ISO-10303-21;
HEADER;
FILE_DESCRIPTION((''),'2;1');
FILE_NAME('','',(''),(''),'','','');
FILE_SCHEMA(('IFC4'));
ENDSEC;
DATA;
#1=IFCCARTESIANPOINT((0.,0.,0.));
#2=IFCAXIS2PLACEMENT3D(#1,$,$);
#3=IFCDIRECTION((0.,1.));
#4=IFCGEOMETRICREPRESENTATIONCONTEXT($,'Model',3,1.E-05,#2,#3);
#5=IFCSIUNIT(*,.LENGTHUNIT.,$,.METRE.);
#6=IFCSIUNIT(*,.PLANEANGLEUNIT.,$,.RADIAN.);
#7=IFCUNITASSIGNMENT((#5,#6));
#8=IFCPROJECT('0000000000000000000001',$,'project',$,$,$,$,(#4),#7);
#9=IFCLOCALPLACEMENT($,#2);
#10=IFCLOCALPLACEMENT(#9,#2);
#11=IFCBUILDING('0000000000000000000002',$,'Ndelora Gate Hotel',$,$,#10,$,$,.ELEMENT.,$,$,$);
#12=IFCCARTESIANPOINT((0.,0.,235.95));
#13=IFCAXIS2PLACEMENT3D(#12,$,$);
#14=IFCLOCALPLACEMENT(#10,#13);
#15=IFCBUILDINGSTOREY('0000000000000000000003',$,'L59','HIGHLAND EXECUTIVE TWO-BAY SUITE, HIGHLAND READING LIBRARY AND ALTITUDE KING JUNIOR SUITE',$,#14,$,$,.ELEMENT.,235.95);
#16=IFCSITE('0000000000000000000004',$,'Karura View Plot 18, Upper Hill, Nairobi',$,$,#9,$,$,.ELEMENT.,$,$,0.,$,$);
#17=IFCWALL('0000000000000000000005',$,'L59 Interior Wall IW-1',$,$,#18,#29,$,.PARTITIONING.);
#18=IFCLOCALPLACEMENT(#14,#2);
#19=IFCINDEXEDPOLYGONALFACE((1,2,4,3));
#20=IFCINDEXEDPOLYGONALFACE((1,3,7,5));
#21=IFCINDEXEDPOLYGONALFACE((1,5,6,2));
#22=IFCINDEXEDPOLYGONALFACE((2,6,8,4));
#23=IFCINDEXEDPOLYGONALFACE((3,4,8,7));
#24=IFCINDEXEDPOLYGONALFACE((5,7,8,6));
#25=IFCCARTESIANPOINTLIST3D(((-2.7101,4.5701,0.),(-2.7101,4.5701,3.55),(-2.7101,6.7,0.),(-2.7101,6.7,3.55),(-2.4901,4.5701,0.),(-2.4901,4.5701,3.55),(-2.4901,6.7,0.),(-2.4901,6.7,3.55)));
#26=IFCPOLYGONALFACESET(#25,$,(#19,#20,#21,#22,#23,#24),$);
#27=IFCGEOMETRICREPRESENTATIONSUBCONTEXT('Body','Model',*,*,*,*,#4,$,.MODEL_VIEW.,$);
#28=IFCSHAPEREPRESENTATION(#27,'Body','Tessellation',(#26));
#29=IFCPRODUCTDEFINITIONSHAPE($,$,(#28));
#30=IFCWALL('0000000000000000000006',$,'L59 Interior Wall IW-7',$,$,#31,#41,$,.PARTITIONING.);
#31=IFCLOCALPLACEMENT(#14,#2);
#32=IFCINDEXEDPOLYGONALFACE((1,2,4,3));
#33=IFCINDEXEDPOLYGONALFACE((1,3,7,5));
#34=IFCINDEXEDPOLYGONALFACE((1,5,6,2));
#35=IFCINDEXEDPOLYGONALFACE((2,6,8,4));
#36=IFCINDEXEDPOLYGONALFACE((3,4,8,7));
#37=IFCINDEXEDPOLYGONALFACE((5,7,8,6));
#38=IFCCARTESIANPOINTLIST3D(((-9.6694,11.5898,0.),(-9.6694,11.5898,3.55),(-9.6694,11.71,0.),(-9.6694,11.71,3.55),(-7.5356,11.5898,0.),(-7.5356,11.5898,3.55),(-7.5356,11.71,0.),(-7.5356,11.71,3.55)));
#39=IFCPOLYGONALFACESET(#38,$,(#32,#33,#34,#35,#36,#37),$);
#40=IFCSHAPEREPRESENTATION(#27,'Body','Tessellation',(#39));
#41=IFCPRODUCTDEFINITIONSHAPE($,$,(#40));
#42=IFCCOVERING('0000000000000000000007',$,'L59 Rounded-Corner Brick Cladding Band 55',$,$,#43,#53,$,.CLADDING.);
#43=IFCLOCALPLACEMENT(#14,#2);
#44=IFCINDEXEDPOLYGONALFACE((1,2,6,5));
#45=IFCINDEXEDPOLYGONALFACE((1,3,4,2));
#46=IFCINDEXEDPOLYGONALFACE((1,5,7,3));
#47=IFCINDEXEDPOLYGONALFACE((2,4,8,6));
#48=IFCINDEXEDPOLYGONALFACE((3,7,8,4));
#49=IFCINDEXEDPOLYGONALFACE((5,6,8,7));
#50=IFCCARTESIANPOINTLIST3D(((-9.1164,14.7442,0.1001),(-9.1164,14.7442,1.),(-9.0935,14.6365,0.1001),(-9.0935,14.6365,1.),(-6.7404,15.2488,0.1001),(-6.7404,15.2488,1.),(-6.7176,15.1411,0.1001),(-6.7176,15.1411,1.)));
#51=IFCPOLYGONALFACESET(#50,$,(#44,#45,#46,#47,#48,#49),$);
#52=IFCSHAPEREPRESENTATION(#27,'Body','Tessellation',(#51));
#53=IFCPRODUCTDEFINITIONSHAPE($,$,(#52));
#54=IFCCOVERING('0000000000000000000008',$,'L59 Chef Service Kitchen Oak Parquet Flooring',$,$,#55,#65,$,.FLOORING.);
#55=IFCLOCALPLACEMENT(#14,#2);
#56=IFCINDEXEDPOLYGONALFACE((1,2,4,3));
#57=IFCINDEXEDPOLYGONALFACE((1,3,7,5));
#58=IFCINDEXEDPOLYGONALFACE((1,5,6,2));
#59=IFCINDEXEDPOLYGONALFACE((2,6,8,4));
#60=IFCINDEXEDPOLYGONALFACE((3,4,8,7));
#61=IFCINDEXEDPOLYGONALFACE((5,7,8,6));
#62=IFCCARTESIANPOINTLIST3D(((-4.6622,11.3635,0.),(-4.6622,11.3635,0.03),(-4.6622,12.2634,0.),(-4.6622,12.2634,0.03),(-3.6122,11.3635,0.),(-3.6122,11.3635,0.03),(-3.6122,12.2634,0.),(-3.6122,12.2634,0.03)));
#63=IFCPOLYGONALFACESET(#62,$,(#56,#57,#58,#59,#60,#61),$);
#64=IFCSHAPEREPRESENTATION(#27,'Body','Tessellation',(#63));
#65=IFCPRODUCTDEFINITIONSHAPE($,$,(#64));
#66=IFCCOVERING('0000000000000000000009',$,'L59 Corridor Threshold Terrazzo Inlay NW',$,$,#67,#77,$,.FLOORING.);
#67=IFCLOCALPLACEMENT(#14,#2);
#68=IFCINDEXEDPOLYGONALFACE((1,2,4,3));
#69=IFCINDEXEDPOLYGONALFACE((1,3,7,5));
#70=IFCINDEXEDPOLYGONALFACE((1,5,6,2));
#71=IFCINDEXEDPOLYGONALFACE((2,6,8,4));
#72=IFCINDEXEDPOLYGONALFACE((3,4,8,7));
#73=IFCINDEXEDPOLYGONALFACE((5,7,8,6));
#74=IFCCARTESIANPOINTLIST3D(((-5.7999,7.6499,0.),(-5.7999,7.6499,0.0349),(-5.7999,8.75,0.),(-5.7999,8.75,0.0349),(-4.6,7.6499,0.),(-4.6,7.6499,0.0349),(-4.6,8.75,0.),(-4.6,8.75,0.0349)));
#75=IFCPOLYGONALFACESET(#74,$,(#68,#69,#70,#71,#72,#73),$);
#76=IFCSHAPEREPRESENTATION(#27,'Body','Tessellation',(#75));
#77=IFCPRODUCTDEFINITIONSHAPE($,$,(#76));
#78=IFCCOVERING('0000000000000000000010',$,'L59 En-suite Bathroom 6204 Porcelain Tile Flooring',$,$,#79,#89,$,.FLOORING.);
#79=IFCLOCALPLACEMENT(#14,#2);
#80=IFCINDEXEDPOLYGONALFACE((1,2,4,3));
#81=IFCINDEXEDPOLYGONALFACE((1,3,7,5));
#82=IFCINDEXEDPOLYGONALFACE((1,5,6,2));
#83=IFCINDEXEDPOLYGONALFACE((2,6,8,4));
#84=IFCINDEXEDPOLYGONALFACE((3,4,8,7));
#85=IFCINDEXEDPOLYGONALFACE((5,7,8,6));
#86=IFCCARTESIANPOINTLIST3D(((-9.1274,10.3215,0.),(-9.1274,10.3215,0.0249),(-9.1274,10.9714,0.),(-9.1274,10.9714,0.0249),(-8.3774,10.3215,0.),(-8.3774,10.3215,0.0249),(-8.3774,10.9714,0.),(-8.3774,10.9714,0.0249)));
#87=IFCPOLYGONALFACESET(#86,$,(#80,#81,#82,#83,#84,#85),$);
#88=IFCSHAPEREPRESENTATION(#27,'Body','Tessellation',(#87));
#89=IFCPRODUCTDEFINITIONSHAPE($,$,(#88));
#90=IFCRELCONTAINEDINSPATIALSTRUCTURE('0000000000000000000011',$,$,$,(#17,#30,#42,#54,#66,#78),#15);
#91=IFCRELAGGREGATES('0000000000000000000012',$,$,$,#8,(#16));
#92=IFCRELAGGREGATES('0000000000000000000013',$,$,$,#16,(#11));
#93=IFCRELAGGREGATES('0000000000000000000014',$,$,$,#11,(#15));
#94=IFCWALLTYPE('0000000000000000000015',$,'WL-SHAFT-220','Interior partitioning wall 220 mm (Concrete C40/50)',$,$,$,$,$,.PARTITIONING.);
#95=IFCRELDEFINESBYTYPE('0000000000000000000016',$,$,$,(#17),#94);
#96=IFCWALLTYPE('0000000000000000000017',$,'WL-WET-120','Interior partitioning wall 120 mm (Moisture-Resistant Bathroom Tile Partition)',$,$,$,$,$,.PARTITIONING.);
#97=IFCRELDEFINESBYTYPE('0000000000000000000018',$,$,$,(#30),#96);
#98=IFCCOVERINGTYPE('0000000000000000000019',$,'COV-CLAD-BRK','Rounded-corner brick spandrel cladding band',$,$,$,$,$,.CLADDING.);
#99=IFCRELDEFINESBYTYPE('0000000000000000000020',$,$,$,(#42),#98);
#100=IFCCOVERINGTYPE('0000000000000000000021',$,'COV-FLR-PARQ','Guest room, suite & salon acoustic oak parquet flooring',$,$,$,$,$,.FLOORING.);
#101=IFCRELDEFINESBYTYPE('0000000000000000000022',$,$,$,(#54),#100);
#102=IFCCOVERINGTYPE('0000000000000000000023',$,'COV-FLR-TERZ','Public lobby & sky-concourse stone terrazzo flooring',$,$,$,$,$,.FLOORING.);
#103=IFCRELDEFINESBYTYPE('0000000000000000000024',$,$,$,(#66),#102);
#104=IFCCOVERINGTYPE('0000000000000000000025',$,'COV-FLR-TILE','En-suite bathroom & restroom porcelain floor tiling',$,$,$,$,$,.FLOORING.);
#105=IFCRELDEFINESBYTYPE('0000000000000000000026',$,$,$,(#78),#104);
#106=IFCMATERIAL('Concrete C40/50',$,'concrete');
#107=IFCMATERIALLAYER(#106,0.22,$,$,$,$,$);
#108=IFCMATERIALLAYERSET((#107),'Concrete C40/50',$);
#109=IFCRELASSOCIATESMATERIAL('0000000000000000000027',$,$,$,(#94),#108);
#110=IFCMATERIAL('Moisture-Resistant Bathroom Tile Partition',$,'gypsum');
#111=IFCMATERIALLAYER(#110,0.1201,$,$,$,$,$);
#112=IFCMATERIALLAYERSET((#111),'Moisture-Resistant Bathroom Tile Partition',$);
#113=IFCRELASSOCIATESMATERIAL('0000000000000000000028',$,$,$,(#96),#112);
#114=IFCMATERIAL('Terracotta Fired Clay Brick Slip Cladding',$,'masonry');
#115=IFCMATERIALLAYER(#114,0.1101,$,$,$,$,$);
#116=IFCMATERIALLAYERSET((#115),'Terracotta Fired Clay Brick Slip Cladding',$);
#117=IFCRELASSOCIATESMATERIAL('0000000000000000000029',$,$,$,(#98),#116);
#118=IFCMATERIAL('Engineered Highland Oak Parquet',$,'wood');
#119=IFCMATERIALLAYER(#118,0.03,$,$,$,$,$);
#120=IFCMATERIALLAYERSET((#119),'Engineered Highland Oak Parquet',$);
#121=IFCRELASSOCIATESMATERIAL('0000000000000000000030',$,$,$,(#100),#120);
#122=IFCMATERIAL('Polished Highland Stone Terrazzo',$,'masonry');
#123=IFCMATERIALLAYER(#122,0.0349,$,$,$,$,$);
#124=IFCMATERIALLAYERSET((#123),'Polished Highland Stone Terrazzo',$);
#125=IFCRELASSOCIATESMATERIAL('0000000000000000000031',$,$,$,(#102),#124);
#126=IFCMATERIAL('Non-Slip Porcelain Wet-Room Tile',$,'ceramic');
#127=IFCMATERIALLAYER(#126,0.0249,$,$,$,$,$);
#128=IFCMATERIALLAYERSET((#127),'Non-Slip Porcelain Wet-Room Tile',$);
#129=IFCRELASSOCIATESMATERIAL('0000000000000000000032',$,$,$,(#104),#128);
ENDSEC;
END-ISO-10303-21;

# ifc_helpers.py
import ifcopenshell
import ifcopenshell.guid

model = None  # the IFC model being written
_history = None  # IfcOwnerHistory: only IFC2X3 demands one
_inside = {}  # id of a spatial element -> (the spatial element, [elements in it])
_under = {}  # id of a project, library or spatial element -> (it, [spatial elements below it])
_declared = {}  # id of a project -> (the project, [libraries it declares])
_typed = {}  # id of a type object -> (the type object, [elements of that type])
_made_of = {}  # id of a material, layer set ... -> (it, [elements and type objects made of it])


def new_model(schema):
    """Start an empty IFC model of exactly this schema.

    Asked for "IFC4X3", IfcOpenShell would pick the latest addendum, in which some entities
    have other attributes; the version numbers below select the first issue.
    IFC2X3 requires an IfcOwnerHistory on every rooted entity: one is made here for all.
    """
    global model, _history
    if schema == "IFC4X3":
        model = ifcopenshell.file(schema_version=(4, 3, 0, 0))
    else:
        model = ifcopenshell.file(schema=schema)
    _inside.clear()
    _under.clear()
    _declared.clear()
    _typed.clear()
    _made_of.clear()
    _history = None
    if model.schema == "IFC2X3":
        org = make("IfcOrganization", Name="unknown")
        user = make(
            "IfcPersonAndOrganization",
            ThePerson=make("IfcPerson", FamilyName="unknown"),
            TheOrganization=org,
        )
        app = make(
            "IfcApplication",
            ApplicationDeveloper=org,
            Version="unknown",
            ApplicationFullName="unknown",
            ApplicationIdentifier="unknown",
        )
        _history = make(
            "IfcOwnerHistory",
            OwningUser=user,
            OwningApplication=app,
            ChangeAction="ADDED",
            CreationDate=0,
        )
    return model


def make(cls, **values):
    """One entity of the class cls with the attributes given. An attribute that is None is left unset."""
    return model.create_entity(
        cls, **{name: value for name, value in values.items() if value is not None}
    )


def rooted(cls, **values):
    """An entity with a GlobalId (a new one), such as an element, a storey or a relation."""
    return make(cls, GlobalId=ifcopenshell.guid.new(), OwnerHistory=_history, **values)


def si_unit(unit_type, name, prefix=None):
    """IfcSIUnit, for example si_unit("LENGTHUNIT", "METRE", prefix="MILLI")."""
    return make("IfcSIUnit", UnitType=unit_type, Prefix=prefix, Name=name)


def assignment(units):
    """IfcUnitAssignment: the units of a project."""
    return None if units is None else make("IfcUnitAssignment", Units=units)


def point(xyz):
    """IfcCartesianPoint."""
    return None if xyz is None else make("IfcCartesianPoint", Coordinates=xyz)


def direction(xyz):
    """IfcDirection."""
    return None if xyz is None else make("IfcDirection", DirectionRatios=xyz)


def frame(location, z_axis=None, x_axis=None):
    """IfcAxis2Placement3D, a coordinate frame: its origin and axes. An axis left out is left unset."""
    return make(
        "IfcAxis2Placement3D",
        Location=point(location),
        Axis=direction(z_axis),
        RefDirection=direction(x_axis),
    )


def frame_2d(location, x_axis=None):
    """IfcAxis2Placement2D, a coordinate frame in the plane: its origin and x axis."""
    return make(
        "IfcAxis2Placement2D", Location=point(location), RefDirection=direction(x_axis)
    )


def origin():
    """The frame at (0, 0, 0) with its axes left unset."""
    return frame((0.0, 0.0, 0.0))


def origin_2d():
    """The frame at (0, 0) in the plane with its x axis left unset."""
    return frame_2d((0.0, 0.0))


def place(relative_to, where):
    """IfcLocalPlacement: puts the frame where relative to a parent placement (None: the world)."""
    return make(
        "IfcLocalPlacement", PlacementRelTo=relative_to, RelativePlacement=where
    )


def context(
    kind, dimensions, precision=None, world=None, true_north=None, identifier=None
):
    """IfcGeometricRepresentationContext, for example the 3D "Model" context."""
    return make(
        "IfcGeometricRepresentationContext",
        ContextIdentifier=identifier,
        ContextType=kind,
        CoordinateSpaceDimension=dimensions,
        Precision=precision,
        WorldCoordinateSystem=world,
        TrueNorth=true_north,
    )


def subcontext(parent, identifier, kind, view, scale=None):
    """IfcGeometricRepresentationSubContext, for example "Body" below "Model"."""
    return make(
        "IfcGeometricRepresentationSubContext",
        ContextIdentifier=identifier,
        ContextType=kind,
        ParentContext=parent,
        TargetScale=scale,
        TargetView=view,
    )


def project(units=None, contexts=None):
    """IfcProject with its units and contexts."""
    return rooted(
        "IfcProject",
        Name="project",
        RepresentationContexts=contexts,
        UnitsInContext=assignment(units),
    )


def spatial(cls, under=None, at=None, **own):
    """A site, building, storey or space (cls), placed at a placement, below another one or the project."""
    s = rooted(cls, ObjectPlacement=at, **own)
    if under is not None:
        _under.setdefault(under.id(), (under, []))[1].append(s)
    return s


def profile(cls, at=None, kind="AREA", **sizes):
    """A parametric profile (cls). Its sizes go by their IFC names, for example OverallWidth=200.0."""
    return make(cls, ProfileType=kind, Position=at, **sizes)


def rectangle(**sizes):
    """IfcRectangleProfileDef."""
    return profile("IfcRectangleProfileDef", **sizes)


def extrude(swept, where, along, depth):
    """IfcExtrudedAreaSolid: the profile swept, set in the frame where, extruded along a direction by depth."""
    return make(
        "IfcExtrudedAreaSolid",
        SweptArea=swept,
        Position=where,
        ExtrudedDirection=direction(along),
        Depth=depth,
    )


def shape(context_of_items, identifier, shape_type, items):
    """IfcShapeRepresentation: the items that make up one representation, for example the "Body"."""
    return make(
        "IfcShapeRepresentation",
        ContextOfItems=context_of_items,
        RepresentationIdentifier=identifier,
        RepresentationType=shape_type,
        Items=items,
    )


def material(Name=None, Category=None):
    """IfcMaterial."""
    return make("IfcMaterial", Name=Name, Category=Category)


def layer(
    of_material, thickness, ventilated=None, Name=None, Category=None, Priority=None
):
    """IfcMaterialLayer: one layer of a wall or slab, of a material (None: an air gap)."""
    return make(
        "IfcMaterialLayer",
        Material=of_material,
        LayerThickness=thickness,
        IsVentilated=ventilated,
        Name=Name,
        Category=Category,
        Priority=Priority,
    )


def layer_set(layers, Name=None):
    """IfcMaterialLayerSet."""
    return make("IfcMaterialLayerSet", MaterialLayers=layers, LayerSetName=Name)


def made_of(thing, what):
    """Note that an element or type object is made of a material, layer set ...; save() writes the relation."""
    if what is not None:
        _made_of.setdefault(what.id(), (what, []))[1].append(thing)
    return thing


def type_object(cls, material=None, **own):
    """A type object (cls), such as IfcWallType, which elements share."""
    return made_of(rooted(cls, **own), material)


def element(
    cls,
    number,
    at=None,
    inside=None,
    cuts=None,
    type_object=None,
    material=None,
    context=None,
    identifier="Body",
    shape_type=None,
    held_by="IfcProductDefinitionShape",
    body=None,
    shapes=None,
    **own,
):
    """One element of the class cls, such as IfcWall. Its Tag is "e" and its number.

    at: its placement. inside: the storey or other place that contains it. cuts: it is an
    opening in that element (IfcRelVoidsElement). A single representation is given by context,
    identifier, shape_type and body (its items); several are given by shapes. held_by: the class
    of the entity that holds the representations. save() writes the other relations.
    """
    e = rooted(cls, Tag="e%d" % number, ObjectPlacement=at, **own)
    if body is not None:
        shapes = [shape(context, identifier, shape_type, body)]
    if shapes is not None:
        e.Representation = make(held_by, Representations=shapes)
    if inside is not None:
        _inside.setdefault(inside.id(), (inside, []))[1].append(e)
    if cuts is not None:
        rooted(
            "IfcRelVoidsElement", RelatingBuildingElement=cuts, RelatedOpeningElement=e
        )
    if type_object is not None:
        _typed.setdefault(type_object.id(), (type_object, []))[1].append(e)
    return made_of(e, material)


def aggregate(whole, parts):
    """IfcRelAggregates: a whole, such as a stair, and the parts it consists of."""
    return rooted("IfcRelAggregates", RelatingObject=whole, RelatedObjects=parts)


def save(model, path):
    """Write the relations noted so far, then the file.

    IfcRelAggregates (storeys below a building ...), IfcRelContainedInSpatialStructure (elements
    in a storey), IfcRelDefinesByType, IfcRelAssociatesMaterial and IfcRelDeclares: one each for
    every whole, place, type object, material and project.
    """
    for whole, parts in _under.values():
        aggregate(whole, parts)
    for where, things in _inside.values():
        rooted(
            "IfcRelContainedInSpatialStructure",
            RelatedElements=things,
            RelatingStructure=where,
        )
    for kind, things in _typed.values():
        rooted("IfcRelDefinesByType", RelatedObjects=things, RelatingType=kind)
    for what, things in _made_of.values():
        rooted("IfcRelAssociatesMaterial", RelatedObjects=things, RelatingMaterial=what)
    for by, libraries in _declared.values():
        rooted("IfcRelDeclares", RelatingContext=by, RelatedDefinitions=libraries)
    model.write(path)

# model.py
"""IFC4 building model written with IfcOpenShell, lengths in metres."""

from ifc_helpers import new_model, si_unit, direction, frame, frame_2d, origin, origin_2d, place, context, subcontext, project, spatial, rectangle, extrude, material, layer, layer_set, type_object, element, save


model = new_model("IFC4")

# Units and contexts
model_context = context("Model", 3, precision=1e-05, world=origin(), true_north=direction((0.0, 1.0)))
body_context = subcontext(model_context, "Body", "Model", "MODEL_VIEW")
ifc_project = project(units=[si_unit("LENGTHUNIT", "METRE"), si_unit("PLANEANGLEUNIT", "RADIAN")], contexts=[model_context])

# Site, building, storey
site_placement = place(None, origin())
site = spatial("IfcSite", under=ifc_project, at=site_placement, Name="Karura View Plot 18, Upper Hill, Nairobi", CompositionType="ELEMENT", RefElevation=0.0)
building_placement = place(site_placement, origin())
building = spatial("IfcBuilding", under=site, at=building_placement, Name="Ndelora Gate Hotel", CompositionType="ELEMENT")
storey_placement = place(building_placement, frame((0.0, 0.0, 235.95)))
storey = spatial("IfcBuildingStorey", under=building, at=storey_placement, Name="L59", Description="HIGHLAND EXECUTIVE TWO-BAY SUITE, HIGHLAND READING LIBRARY AND ALTITUDE KING JUNIOR SUITE", CompositionType="ELEMENT", Elevation=235.95)

# Shared definitions
ifc_material_1 = material(Name="Concrete C40/50", Category="concrete")
ifc_layer_1 = layer(ifc_material_1, 0.22)
ifc_layer_set_1 = layer_set([ifc_layer_1], Name="Concrete C40/50")
wall_type_1 = type_object("IfcWallType", Name="WL-SHAFT-220", Description="Interior partitioning wall 220 mm (Concrete C40/50)", PredefinedType="PARTITIONING", material=ifc_layer_set_1)

# Wall
for number, where, z_axis, x_axis, name in (
    (1, (-2.6001, 4.5701, 0.0), (0.0, 0.0, 1.0), (0.0, 1.0, 0.0), "L59 Interior Wall IW-1"),
):
    element("IfcWall", number, at=place(storey_placement, frame(where, z_axis=z_axis, x_axis=x_axis)), inside=storey, type_object=wall_type_1, Name=name, PredefinedType="PARTITIONING", context=body_context, shape_type="SweptSolid", body=[
        extrude(rectangle(XDim=2.1299, YDim=0.22, at=frame_2d((1.0649, 0.0))), origin(), (0.0, 0.0, 1.0), 3.55),
    ])

# Wall
ifc_material_2 = material(Name="Moisture-Resistant Bathroom Tile Partition", Category="gypsum")
ifc_layer_2 = layer(ifc_material_2, 0.1201)
ifc_layer_set_2 = layer_set([ifc_layer_2], Name="Moisture-Resistant Bathroom Tile Partition")
wall_type_2 = type_object("IfcWallType", Name="WL-WET-120", Description="Interior partitioning wall 120 mm (Moisture-Resistant Bathroom Tile Partition)", PredefinedType="PARTITIONING", material=ifc_layer_set_2)
wall_1_placement = place(storey_placement, frame((-7.5356, 11.6499, 0.0), z_axis=(0.0, 0.0, 1.0), x_axis=(-1.0, 0.0, 0.0)))
element("IfcWall", 2, at=wall_1_placement, inside=storey, type_object=wall_type_2, Name="L59 Interior Wall IW-7", PredefinedType="PARTITIONING", context=body_context, shape_type="SweptSolid", body=[
    extrude(rectangle(XDim=2.1338, YDim=0.1201, at=frame_2d((1.0669, 0.0))), origin(), (0.0, 0.0, 1.0), 3.55),
])

# Coverings
ifc_material_3 = material(Name="Terracotta Fired Clay Brick Slip Cladding", Category="masonry")
ifc_layer_3 = layer(ifc_material_3, 0.1101)
ifc_layer_set_3 = layer_set([ifc_layer_3], Name="Terracotta Fired Clay Brick Slip Cladding")
covering_type_1 = type_object("IfcCoveringType", Name="COV-CLAD-BRK", Description="Rounded-corner brick spandrel cladding band", PredefinedType="CLADDING", material=ifc_layer_set_3)
covering_1_placement = place(storey_placement, frame((-7.917, 14.9426, 0.1001), z_axis=(0.0, 0.0, 1.0), x_axis=(0.978184, 0.207741, 0.0)))
element("IfcCovering", 3, at=covering_1_placement, inside=storey, type_object=covering_type_1, Name="L59 Rounded-Corner Brick Cladding Band 55", PredefinedType="CLADDING", context=body_context, shape_type="SweptSolid", body=[
    extrude(rectangle(XDim=2.429, YDim=0.1101, at=origin_2d()), origin(), (0.0, 0.0, 1.0), 0.8999),
])
ifc_material_4 = material(Name="Engineered Highland Oak Parquet", Category="wood")
ifc_layer_4 = layer(ifc_material_4, 0.03)
ifc_layer_set_4 = layer_set([ifc_layer_4], Name="Engineered Highland Oak Parquet")
covering_type_2 = type_object("IfcCoveringType", Name="COV-FLR-PARQ", Description="Guest room, suite & salon acoustic oak parquet flooring", PredefinedType="FLOORING", material=ifc_layer_set_4)
covering_2_placement = place(storey_placement, frame((-4.1372, 11.8135, 0.0), z_axis=(0.0, 0.0, 1.0), x_axis=(1.0, 0.0, 0.0)))
element("IfcCovering", 4, at=covering_2_placement, inside=storey, type_object=covering_type_2, Name="L59 Chef Service Kitchen Oak Parquet Flooring", PredefinedType="FLOORING", context=body_context, shape_type="SweptSolid", body=[
    extrude(rectangle(XDim=1.05, YDim=0.8999, at=origin_2d()), origin(), (0.0, 0.0, 1.0), 0.03),
])
ifc_material_5 = material(Name="Polished Highland Stone Terrazzo", Category="masonry")
ifc_layer_5 = layer(ifc_material_5, 0.0349)
ifc_layer_set_5 = layer_set([ifc_layer_5], Name="Polished Highland Stone Terrazzo")
covering_type_3 = type_object("IfcCoveringType", Name="COV-FLR-TERZ", Description="Public lobby & sky-concourse stone terrazzo flooring", PredefinedType="FLOORING", material=ifc_layer_set_5)
covering_3_placement = place(storey_placement, frame((-5.2, 8.2, 0.0), z_axis=(0.0, 0.0, 1.0), x_axis=(1.0, 0.0, 0.0)))
element("IfcCovering", 5, at=covering_3_placement, inside=storey, type_object=covering_type_3, Name="L59 Corridor Threshold Terrazzo Inlay NW", PredefinedType="FLOORING", context=body_context, shape_type="SweptSolid", body=[
    extrude(rectangle(XDim=1.2, YDim=1.1001, at=origin_2d()), origin(), (0.0, 0.0, 1.0), 0.0349),
])
ifc_material_6 = material(Name="Non-Slip Porcelain Wet-Room Tile", Category="ceramic")
ifc_layer_6 = layer(ifc_material_6, 0.0249)
ifc_layer_set_6 = layer_set([ifc_layer_6], Name="Non-Slip Porcelain Wet-Room Tile")
covering_type_4 = type_object("IfcCoveringType", Name="COV-FLR-TILE", Description="En-suite bathroom & restroom porcelain floor tiling", PredefinedType="FLOORING", material=ifc_layer_set_6)
covering_4_placement = place(storey_placement, frame((-8.7524, 10.6465, 0.0), z_axis=(0.0, 0.0, 1.0), x_axis=(1.0, 0.0, 0.0)))
element("IfcCovering", 6, at=covering_4_placement, inside=storey, type_object=covering_type_4, Name="L59 En-suite Bathroom 6204 Porcelain Tile Flooring", PredefinedType="FLOORING", context=body_context, shape_type="SweptSolid", body=[
    extrude(rectangle(XDim=0.75, YDim=0.6499, at=origin_2d()), origin(), (0.0, 0.0, 1.0), 0.0249),
])

save(model, "model.ifc")
